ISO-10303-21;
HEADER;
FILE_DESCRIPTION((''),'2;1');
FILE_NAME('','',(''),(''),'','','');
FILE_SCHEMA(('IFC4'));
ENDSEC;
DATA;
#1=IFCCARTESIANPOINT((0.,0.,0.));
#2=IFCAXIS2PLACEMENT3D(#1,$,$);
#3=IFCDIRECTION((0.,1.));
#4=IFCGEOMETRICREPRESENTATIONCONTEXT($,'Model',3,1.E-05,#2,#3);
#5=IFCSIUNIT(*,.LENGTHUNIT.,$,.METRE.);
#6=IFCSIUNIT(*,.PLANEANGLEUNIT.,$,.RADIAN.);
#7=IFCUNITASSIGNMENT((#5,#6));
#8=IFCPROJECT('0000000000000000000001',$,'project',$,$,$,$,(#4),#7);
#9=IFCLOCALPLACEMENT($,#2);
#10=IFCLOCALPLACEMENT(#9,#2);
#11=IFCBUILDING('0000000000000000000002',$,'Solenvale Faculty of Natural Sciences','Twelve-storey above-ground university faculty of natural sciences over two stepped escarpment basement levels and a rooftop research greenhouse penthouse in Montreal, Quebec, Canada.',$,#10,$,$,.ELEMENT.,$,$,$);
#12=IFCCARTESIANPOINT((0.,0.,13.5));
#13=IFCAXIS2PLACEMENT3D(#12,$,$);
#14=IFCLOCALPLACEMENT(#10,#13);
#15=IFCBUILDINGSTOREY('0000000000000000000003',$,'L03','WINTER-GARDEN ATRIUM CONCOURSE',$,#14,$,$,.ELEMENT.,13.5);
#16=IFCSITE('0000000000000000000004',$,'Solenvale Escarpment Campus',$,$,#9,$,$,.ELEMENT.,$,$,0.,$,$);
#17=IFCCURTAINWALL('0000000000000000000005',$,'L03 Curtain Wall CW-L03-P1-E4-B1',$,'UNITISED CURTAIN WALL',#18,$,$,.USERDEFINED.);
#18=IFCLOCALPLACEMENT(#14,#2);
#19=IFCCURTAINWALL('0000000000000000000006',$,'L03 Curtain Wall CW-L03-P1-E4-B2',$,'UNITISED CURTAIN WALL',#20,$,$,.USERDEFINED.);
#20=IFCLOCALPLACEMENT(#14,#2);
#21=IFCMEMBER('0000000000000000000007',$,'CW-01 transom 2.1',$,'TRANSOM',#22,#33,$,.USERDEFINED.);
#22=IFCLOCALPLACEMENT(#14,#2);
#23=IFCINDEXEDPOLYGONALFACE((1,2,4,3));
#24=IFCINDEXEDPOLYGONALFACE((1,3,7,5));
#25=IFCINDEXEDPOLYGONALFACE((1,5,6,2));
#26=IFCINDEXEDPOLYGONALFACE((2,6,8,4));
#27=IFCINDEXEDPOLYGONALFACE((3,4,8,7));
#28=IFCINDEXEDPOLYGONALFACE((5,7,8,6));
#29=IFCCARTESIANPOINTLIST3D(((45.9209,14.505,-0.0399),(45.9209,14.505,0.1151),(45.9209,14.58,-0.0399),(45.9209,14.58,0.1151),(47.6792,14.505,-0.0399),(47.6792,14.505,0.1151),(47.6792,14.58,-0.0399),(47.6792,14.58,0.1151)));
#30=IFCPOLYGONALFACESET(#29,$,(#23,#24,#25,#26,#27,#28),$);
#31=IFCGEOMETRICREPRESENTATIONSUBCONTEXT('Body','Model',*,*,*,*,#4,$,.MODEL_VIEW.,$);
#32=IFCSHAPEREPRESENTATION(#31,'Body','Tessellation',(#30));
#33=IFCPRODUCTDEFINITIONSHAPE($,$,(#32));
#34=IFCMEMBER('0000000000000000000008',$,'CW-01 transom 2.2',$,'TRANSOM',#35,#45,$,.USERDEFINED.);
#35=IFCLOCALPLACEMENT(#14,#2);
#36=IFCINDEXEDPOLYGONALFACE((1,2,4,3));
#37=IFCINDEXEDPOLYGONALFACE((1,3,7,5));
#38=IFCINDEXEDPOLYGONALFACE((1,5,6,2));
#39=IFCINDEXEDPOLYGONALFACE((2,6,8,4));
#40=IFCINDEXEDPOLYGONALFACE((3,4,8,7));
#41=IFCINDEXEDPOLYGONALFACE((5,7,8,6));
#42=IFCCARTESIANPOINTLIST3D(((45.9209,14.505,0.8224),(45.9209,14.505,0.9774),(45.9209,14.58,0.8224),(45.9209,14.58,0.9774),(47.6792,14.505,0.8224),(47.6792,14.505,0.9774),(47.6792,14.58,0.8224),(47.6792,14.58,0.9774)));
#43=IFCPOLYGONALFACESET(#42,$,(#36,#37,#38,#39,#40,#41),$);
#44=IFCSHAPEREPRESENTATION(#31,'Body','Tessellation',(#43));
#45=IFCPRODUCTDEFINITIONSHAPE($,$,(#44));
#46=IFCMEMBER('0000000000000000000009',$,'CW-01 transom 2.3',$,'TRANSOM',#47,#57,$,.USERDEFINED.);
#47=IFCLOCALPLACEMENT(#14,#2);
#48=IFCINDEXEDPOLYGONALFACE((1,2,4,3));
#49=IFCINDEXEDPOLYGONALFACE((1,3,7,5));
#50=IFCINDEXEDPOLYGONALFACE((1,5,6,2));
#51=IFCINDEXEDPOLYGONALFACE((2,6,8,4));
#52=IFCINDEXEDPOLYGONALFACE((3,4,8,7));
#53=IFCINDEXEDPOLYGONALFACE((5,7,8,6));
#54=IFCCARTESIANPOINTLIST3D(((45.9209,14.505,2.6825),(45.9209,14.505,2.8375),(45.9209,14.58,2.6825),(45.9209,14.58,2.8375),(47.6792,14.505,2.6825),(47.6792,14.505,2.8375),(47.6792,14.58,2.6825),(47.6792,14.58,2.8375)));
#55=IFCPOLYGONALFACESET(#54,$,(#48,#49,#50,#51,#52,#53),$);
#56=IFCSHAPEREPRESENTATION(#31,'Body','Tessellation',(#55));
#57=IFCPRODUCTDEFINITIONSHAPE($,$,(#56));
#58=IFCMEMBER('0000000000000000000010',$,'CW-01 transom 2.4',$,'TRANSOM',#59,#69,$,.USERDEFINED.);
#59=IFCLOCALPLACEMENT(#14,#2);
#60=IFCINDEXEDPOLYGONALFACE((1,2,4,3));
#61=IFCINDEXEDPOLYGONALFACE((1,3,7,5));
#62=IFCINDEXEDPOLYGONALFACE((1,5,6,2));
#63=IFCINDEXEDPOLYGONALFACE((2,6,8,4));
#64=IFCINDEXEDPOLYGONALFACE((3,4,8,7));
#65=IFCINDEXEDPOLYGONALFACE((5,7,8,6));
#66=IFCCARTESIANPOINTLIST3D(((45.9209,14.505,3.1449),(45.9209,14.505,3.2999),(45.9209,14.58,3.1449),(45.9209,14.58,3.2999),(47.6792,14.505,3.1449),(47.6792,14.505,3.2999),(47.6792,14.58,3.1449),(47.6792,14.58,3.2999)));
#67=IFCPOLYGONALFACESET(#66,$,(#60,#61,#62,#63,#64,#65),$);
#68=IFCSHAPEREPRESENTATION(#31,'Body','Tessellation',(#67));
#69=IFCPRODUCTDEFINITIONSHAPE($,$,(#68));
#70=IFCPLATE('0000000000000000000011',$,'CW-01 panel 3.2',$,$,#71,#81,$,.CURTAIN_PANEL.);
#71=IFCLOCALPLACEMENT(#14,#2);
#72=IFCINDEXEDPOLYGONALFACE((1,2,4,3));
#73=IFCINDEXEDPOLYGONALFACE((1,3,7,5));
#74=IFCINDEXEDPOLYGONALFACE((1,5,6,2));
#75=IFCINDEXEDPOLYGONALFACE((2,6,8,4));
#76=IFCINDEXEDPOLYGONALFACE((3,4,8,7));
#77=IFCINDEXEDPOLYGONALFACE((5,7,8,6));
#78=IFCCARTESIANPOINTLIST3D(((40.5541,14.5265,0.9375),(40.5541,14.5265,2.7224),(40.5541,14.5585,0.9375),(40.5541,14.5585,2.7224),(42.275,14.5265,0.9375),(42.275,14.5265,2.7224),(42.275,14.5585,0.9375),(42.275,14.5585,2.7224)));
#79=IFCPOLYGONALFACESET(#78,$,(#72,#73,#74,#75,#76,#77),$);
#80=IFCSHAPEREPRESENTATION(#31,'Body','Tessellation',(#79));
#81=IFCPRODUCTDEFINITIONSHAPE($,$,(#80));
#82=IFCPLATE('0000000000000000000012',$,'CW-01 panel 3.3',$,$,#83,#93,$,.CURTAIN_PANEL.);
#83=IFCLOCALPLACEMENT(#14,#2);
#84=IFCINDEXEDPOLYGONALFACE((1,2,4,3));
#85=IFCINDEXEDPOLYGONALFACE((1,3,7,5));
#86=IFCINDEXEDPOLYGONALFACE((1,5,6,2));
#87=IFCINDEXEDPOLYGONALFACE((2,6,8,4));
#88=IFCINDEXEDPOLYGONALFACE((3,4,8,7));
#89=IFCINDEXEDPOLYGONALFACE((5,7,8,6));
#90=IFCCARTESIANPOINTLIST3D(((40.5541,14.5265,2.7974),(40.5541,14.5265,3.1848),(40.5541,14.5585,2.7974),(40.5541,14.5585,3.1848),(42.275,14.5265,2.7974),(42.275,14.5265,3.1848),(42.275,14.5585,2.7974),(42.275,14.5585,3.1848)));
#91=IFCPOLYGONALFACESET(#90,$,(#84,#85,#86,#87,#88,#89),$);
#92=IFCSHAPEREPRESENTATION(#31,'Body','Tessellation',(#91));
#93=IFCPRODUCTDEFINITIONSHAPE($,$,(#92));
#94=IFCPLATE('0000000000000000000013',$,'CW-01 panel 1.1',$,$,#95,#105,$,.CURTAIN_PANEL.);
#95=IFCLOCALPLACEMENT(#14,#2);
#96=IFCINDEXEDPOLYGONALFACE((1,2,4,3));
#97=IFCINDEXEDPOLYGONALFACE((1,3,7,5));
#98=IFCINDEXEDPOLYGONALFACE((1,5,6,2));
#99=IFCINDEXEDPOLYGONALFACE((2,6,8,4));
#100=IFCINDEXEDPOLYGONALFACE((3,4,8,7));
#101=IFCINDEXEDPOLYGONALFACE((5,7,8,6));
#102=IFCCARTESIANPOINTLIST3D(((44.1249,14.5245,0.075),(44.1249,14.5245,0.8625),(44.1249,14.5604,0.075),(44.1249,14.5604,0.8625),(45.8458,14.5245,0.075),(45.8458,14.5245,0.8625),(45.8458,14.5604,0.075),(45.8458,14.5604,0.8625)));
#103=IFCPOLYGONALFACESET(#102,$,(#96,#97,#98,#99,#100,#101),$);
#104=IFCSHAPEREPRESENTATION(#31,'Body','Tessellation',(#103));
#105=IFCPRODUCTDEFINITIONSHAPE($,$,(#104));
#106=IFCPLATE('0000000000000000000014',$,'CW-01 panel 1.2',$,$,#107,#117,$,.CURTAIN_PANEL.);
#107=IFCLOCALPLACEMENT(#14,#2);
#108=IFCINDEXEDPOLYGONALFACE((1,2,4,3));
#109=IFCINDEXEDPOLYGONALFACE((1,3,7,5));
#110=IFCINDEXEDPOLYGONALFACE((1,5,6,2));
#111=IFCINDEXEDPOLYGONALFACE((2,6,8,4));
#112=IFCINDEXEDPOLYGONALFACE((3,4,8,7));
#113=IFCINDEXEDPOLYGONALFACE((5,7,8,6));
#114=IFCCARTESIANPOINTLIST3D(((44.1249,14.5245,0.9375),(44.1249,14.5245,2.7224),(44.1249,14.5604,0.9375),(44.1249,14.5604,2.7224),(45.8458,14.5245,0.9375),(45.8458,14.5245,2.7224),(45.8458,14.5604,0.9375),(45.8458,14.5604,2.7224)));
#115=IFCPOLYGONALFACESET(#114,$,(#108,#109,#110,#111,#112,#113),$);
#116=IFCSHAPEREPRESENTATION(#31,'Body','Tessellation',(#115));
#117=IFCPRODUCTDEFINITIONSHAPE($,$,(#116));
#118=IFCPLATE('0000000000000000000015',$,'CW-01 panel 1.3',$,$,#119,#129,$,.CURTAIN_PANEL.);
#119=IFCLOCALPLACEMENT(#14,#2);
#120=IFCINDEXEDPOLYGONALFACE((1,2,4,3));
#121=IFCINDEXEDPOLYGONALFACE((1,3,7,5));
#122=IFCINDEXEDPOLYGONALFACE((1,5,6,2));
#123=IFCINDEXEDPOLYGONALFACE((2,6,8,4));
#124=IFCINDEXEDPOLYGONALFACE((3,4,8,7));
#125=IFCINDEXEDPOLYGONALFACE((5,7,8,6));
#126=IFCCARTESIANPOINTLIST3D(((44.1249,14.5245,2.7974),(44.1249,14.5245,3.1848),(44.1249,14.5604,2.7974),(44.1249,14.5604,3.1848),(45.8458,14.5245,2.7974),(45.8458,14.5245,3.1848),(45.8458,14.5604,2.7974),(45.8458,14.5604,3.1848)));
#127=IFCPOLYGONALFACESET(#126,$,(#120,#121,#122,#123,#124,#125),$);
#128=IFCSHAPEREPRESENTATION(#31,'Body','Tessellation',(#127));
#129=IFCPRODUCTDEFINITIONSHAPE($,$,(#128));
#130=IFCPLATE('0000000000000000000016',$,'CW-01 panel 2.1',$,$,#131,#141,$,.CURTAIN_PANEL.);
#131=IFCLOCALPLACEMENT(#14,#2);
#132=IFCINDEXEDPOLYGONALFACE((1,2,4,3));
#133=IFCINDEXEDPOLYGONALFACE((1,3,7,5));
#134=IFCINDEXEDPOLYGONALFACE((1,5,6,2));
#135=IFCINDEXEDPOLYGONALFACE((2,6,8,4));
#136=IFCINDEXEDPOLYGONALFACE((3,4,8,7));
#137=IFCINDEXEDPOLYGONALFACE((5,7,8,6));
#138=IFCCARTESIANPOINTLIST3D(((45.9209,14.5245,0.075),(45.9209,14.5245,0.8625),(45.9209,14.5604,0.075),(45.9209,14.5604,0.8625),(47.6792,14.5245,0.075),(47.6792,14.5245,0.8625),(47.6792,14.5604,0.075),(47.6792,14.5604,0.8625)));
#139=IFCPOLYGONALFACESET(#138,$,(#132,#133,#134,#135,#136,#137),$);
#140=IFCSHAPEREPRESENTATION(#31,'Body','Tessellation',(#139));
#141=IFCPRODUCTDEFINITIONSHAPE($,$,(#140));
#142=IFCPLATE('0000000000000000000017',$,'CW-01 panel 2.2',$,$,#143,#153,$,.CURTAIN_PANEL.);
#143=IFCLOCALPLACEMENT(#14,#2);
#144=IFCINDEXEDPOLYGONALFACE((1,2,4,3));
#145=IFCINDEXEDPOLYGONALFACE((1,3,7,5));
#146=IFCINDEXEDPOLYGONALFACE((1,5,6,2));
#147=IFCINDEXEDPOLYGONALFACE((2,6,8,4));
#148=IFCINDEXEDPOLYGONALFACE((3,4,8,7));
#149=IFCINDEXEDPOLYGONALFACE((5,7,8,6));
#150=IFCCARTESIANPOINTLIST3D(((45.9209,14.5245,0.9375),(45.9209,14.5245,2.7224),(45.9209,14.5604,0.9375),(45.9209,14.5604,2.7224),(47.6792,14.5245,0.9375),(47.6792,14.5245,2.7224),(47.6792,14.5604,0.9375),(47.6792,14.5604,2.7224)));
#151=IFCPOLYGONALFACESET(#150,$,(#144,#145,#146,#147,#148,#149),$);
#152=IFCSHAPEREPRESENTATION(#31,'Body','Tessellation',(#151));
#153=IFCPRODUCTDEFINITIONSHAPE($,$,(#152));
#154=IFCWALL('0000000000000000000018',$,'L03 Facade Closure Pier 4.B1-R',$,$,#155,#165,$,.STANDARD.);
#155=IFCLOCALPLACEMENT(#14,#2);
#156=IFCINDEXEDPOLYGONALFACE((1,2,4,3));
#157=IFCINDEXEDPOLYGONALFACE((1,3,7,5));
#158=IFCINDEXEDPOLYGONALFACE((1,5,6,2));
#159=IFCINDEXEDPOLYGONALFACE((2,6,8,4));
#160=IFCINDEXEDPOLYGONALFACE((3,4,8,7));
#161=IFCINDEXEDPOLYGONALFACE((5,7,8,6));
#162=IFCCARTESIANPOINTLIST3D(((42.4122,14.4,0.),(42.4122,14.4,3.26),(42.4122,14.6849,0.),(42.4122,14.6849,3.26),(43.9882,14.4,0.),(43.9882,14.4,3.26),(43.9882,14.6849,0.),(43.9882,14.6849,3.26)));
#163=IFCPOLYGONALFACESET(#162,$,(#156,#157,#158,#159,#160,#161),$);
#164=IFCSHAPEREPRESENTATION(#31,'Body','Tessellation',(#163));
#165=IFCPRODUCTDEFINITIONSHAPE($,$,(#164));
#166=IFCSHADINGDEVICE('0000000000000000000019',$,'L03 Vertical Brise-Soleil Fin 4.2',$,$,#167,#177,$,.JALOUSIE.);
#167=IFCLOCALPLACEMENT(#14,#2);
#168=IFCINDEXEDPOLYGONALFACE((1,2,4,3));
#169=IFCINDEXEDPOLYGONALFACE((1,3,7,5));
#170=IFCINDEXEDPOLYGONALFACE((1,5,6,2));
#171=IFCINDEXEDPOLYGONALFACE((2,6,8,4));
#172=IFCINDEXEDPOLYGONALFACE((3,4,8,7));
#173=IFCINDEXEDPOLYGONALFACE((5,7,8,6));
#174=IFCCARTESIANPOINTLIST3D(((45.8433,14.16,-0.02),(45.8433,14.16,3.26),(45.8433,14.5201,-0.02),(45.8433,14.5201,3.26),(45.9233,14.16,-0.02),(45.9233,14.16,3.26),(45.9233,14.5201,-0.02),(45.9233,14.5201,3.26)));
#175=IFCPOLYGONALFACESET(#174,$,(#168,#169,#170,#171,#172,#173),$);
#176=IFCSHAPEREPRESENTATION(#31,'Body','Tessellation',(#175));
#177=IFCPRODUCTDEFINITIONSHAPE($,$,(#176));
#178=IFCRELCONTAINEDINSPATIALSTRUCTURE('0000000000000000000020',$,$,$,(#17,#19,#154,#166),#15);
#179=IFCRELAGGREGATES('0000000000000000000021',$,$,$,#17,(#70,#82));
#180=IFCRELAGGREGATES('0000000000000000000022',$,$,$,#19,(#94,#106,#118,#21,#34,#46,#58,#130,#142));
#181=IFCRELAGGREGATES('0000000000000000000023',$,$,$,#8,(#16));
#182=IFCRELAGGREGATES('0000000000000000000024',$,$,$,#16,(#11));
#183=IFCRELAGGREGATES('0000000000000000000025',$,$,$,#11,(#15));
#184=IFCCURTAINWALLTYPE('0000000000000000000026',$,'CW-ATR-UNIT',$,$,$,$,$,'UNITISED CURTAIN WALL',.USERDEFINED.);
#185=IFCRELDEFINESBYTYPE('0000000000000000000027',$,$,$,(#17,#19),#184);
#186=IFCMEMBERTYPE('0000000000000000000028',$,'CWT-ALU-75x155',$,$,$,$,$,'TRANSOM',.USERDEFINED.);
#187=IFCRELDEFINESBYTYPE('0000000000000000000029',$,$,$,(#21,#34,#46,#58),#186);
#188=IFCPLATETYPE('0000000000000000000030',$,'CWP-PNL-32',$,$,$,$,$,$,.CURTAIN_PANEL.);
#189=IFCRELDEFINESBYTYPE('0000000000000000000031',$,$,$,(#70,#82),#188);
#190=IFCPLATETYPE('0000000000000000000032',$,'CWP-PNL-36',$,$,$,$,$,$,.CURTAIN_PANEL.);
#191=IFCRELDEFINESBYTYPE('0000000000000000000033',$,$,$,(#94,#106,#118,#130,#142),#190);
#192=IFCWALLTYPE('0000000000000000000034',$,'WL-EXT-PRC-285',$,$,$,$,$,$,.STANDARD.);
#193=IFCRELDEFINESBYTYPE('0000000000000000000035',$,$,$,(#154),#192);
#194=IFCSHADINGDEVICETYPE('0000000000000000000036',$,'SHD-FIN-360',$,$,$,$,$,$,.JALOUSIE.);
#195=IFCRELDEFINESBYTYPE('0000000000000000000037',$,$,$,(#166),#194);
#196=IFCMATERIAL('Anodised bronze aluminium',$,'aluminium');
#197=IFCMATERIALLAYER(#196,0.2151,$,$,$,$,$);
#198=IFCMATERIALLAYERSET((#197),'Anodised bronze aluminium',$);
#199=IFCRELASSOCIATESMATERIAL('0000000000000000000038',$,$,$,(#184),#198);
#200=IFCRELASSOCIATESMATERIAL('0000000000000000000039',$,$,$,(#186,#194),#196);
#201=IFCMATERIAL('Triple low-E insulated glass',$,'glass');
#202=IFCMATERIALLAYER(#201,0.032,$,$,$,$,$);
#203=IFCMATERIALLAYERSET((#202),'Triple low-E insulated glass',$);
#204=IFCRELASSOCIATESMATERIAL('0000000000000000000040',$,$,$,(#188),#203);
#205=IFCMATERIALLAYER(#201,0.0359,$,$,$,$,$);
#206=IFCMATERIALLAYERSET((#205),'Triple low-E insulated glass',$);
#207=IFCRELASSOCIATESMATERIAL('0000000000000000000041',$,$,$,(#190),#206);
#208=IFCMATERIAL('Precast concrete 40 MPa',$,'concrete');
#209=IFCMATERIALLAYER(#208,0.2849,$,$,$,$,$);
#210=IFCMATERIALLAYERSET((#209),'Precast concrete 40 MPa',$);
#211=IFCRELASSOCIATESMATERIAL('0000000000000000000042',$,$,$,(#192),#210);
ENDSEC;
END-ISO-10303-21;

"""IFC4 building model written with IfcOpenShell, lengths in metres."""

from ifc_helpers import new_model, si_unit, direction, frame, frame_2d, origin, origin_2d, place, context, subcontext, project, spatial, rectangle, extrude, material, layer, layer_set, material_profile, profile_set, type_object, element, aggregate, save


model = new_model("IFC4")

# Units and contexts
model_context = context("Model", 3, precision=1e-05, world=origin(), true_north=direction((0.0, 1.0)))
body_context = subcontext(model_context, "Body", "Model", "MODEL_VIEW")
ifc_project = project(units=[si_unit("LENGTHUNIT", "METRE"), si_unit("PLANEANGLEUNIT", "RADIAN")], contexts=[model_context])

# Site, building, storey
site_placement = place(None, origin())
site = spatial("IfcSite", under=ifc_project, at=site_placement, Name="Solenvale Escarpment Campus", CompositionType="ELEMENT", RefElevation=0.0)
building_placement = place(site_placement, origin())
building = spatial("IfcBuilding", under=site, at=building_placement, Name="Solenvale Faculty of Natural Sciences", Description="Twelve-storey above-ground university faculty of natural sciences over two stepped escarpment basement levels and a rooftop research greenhouse penthouse in Montreal, Quebec, Canada.", CompositionType="ELEMENT")
storey_placement = place(building_placement, frame((0.0, 0.0, 13.5)))
storey = spatial("IfcBuildingStorey", under=building, at=storey_placement, Name="L03", Description="WINTER-GARDEN ATRIUM CONCOURSE", CompositionType="ELEMENT", Elevation=13.5)

# Curtain wall
ifc_material_1 = material(Name="Anodised bronze aluminium", Category="aluminium")
ifc_layer_1 = layer(ifc_material_1, 0.2151)
ifc_layer_set_1 = layer_set([ifc_layer_1], Name="Anodised bronze aluminium")
curtain_wall_type = type_object("IfcCurtainWallType", Name="CW-ATR-UNIT", ElementType="UNITISED CURTAIN WALL", PredefinedType="USERDEFINED", material=ifc_layer_set_1)
curtain_wall_1_placement = place(storey_placement, origin())
curtain_wall_1 = element("IfcCurtainWall", 1, at=curtain_wall_1_placement, inside=storey, type_object=curtain_wall_type, Name="L03 Curtain Wall CW-L03-P1-E4-B1", ObjectType="UNITISED CURTAIN WALL", PredefinedType="USERDEFINED")

# Curtain wall, members
curtain_wall_2_placement = place(storey_placement, origin())
curtain_wall_2 = element("IfcCurtainWall", 2, at=curtain_wall_2_placement, inside=storey, type_object=curtain_wall_type, Name="L03 Curtain Wall CW-L03-P1-E4-B2", ObjectType="UNITISED CURTAIN WALL", PredefinedType="USERDEFINED")
ifc_material_profile_1 = material_profile(ifc_material_1, rectangle(XDim=0.075, YDim=0.155, at=origin_2d()), Name="ALU-TRN-75x155")
ifc_profile_set_1 = profile_set([ifc_material_profile_1], Name="Anodised bronze aluminium")
member_type_1 = type_object("IfcMemberType", Name="CWT-ALU-75x155", ElementType="TRANSOM", PredefinedType="USERDEFINED", material=ifc_profile_set_1)
member_1_placement = place(storey_placement, frame((45.9209, 14.5425, 0.0376), z_axis=(1.0, 0.0, 0.0), x_axis=(0.0, 1.0, 0.0)))
member_1 = element("IfcMember", 3, at=member_1_placement, type_object=member_type_1, Name="CW-01 transom 2.1", ObjectType="TRANSOM", PredefinedType="USERDEFINED", context=body_context, shape_type="SweptSolid", body=[
    extrude(rectangle(XDim=0.075, YDim=0.155, at=origin_2d()), origin(), (0.0, 0.0, 1.0), 1.7583),
])
member_2_placement = place(storey_placement, frame((45.9209, 14.5425, 0.8999), z_axis=(1.0, 0.0, 0.0), x_axis=(0.0, 1.0, 0.0)))
member_2 = element("IfcMember", 4, at=member_2_placement, type_object=member_type_1, Name="CW-01 transom 2.2", ObjectType="TRANSOM", PredefinedType="USERDEFINED", context=body_context, shape_type="SweptSolid", body=[
    extrude(rectangle(XDim=0.075, YDim=0.155, at=origin_2d()), origin(), (0.0, 0.0, 1.0), 1.7583),
])
member_3_placement = place(storey_placement, frame((45.9209, 14.5425, 2.76), z_axis=(1.0, 0.0, 0.0), x_axis=(0.0, 1.0, 0.0)))
member_3 = element("IfcMember", 5, at=member_3_placement, type_object=member_type_1, Name="CW-01 transom 2.3", ObjectType="TRANSOM", PredefinedType="USERDEFINED", context=body_context, shape_type="SweptSolid", body=[
    extrude(rectangle(XDim=0.075, YDim=0.155, at=origin_2d()), origin(), (0.0, 0.0, 1.0), 1.7583),
])
member_4_placement = place(storey_placement, frame((45.9209, 14.5425, 3.2224), z_axis=(1.0, 0.0, 0.0), x_axis=(0.0, 1.0, 0.0)))
member_4 = element("IfcMember", 6, at=member_4_placement, type_object=member_type_1, Name="CW-01 transom 2.4", ObjectType="TRANSOM", PredefinedType="USERDEFINED", context=body_context, shape_type="SweptSolid", body=[
    extrude(rectangle(XDim=0.075, YDim=0.155, at=origin_2d()), origin(), (0.0, 0.0, 1.0), 1.7583),
])

# Plates
ifc_material_2 = material(Name="Triple low-E insulated glass", Category="glass")
ifc_layer_2 = layer(ifc_material_2, 0.032)
ifc_layer_set_2 = layer_set([ifc_layer_2], Name="Triple low-E insulated glass")
plate_type_1 = type_object("IfcPlateType", Name="CWP-PNL-32", PredefinedType="CURTAIN_PANEL", material=ifc_layer_set_2)
plate_1_placement = place(storey_placement, frame((41.4146, 14.5425, 0.9375), z_axis=(0.0, 0.0, 1.0), x_axis=(1.0, 0.0, 0.0)))
plate_1 = element("IfcPlate", 7, at=plate_1_placement, type_object=plate_type_1, Name="CW-01 panel 3.2", PredefinedType="CURTAIN_PANEL", context=body_context, shape_type="SweptSolid", body=[
    extrude(rectangle(XDim=1.7209, YDim=0.032, at=origin_2d()), origin(), (0.0, 0.0, 1.0), 1.7849),
])
plate_2_placement = place(storey_placement, frame((41.4146, 14.5425, 2.7974), z_axis=(0.0, 0.0, 1.0), x_axis=(1.0, 0.0, 0.0)))
plate_2 = element("IfcPlate", 8, at=plate_2_placement, type_object=plate_type_1, Name="CW-01 panel 3.3", PredefinedType="CURTAIN_PANEL", context=body_context, shape_type="SweptSolid", body=[
    extrude(rectangle(XDim=1.7209, YDim=0.032, at=origin_2d()), origin(), (0.0, 0.0, 1.0), 0.3875),
])
aggregate(curtain_wall_1, [plate_1, plate_2])
ifc_layer_3 = layer(ifc_material_2, 0.0359)
ifc_layer_set_3 = layer_set([ifc_layer_3], Name="Triple low-E insulated glass")
plate_type_2 = type_object("IfcPlateType", Name="CWP-PNL-36", PredefinedType="CURTAIN_PANEL", material=ifc_layer_set_3)
plate_3_placement = place(storey_placement, frame((44.9854, 14.5425, 0.075), z_axis=(0.0, 0.0, 1.0), x_axis=(1.0, 0.0, 0.0)))
plate_3 = element("IfcPlate", 9, at=plate_3_placement, type_object=plate_type_2, Name="CW-01 panel 1.1", PredefinedType="CURTAIN_PANEL", context=body_context, shape_type="SweptSolid", body=[
    extrude(rectangle(XDim=1.7209, YDim=0.0359, at=origin_2d()), origin(), (0.0, 0.0, 1.0), 0.7876),
])
plate_4_placement = place(storey_placement, frame((44.9854, 14.5425, 0.9375), z_axis=(0.0, 0.0, 1.0), x_axis=(1.0, 0.0, 0.0)))
plate_4 = element("IfcPlate", 10, at=plate_4_placement, type_object=plate_type_2, Name="CW-01 panel 1.2", PredefinedType="CURTAIN_PANEL", context=body_context, shape_type="SweptSolid", body=[
    extrude(rectangle(XDim=1.7209, YDim=0.0359, at=origin_2d()), origin(), (0.0, 0.0, 1.0), 1.7849),
])
plate_5_placement = place(storey_placement, frame((44.9854, 14.5425, 2.7974), z_axis=(0.0, 0.0, 1.0), x_axis=(1.0, 0.0, 0.0)))
plate_5 = element("IfcPlate", 11, at=plate_5_placement, type_object=plate_type_2, Name="CW-01 panel 1.3", PredefinedType="CURTAIN_PANEL", context=body_context, shape_type="SweptSolid", body=[
    extrude(rectangle(XDim=1.7209, YDim=0.0359, at=origin_2d()), origin(), (0.0, 0.0, 1.0), 0.3875),
])
plate_6_placement = place(storey_placement, frame((46.8, 14.5425, 0.075), z_axis=(0.0, 0.0, 1.0), x_axis=(1.0, 0.0, 0.0)))
plate_6 = element("IfcPlate", 12, at=plate_6_placement, type_object=plate_type_2, Name="CW-01 panel 2.1", PredefinedType="CURTAIN_PANEL", context=body_context, shape_type="SweptSolid", body=[
    extrude(rectangle(XDim=1.7583, YDim=0.0359, at=origin_2d()), origin(), (0.0, 0.0, 1.0), 0.7876),
])
plate_7_placement = place(storey_placement, frame((46.8, 14.5425, 0.9375), z_axis=(0.0, 0.0, 1.0), x_axis=(1.0, 0.0, 0.0)))
plate_7 = element("IfcPlate", 13, at=plate_7_placement, type_object=plate_type_2, Name="CW-01 panel 2.2", PredefinedType="CURTAIN_PANEL", context=body_context, shape_type="SweptSolid", body=[
    extrude(rectangle(XDim=1.7583, YDim=0.0359, at=origin_2d()), origin(), (0.0, 0.0, 1.0), 1.7849),
])
aggregate(curtain_wall_2, [plate_3, plate_4, plate_5, member_1, member_2, member_3, member_4, plate_6, plate_7])

# Wall
ifc_material_3 = material(Name="Precast concrete 40 MPa", Category="concrete")
ifc_layer_4 = layer(ifc_material_3, 0.2849)
ifc_layer_set_4 = layer_set([ifc_layer_4], Name="Precast concrete 40 MPa")
wall_type = type_object("IfcWallType", Name="WL-EXT-PRC-285", PredefinedType="STANDARD", material=ifc_layer_set_4)
wall_placement = place(storey_placement, frame((42.4121, 14.5425, 0.0), z_axis=(0.0, 0.0, 1.0), x_axis=(1.0, 0.0, 0.0)))
element("IfcWall", 14, at=wall_placement, inside=storey, type_object=wall_type, Name="L03 Facade Closure Pier 4.B1-R", PredefinedType="STANDARD", context=body_context, shape_type="SweptSolid", body=[
    extrude(rectangle(XDim=1.5759, YDim=0.2849, at=frame_2d((0.7881, 0.0))), origin(), (0.0, 0.0, 1.0), 3.26),
])

# Shading device
ifc_material_profile_2 = material_profile(ifc_material_1, rectangle(XDim=0.0801, YDim=0.3601, at=origin_2d()), Name="ALU-FIN-80x360")
ifc_profile_set_2 = profile_set([ifc_material_profile_2], Name="Anodised bronze aluminium")
shading_device_type = type_object("IfcShadingDeviceType", Name="SHD-FIN-360", PredefinedType="JALOUSIE", material=ifc_profile_set_2)
shading_device_placement = place(storey_placement, frame((45.8833, 14.3401, -0.02), z_axis=(0.0, 0.0, 1.0), x_axis=(1.0, 0.0, 0.0)))
element("IfcShadingDevice", 15, at=shading_device_placement, inside=storey, type_object=shading_device_type, Name="L03 Vertical Brise-Soleil Fin 4.2", PredefinedType="JALOUSIE", context=body_context, shape_type="SweptSolid", body=[
    extrude(rectangle(XDim=0.0801, YDim=0.3601, at=origin_2d()), origin(), (0.0, 0.0, 1.0), 3.28),
])

save(model, "model.ifc")
